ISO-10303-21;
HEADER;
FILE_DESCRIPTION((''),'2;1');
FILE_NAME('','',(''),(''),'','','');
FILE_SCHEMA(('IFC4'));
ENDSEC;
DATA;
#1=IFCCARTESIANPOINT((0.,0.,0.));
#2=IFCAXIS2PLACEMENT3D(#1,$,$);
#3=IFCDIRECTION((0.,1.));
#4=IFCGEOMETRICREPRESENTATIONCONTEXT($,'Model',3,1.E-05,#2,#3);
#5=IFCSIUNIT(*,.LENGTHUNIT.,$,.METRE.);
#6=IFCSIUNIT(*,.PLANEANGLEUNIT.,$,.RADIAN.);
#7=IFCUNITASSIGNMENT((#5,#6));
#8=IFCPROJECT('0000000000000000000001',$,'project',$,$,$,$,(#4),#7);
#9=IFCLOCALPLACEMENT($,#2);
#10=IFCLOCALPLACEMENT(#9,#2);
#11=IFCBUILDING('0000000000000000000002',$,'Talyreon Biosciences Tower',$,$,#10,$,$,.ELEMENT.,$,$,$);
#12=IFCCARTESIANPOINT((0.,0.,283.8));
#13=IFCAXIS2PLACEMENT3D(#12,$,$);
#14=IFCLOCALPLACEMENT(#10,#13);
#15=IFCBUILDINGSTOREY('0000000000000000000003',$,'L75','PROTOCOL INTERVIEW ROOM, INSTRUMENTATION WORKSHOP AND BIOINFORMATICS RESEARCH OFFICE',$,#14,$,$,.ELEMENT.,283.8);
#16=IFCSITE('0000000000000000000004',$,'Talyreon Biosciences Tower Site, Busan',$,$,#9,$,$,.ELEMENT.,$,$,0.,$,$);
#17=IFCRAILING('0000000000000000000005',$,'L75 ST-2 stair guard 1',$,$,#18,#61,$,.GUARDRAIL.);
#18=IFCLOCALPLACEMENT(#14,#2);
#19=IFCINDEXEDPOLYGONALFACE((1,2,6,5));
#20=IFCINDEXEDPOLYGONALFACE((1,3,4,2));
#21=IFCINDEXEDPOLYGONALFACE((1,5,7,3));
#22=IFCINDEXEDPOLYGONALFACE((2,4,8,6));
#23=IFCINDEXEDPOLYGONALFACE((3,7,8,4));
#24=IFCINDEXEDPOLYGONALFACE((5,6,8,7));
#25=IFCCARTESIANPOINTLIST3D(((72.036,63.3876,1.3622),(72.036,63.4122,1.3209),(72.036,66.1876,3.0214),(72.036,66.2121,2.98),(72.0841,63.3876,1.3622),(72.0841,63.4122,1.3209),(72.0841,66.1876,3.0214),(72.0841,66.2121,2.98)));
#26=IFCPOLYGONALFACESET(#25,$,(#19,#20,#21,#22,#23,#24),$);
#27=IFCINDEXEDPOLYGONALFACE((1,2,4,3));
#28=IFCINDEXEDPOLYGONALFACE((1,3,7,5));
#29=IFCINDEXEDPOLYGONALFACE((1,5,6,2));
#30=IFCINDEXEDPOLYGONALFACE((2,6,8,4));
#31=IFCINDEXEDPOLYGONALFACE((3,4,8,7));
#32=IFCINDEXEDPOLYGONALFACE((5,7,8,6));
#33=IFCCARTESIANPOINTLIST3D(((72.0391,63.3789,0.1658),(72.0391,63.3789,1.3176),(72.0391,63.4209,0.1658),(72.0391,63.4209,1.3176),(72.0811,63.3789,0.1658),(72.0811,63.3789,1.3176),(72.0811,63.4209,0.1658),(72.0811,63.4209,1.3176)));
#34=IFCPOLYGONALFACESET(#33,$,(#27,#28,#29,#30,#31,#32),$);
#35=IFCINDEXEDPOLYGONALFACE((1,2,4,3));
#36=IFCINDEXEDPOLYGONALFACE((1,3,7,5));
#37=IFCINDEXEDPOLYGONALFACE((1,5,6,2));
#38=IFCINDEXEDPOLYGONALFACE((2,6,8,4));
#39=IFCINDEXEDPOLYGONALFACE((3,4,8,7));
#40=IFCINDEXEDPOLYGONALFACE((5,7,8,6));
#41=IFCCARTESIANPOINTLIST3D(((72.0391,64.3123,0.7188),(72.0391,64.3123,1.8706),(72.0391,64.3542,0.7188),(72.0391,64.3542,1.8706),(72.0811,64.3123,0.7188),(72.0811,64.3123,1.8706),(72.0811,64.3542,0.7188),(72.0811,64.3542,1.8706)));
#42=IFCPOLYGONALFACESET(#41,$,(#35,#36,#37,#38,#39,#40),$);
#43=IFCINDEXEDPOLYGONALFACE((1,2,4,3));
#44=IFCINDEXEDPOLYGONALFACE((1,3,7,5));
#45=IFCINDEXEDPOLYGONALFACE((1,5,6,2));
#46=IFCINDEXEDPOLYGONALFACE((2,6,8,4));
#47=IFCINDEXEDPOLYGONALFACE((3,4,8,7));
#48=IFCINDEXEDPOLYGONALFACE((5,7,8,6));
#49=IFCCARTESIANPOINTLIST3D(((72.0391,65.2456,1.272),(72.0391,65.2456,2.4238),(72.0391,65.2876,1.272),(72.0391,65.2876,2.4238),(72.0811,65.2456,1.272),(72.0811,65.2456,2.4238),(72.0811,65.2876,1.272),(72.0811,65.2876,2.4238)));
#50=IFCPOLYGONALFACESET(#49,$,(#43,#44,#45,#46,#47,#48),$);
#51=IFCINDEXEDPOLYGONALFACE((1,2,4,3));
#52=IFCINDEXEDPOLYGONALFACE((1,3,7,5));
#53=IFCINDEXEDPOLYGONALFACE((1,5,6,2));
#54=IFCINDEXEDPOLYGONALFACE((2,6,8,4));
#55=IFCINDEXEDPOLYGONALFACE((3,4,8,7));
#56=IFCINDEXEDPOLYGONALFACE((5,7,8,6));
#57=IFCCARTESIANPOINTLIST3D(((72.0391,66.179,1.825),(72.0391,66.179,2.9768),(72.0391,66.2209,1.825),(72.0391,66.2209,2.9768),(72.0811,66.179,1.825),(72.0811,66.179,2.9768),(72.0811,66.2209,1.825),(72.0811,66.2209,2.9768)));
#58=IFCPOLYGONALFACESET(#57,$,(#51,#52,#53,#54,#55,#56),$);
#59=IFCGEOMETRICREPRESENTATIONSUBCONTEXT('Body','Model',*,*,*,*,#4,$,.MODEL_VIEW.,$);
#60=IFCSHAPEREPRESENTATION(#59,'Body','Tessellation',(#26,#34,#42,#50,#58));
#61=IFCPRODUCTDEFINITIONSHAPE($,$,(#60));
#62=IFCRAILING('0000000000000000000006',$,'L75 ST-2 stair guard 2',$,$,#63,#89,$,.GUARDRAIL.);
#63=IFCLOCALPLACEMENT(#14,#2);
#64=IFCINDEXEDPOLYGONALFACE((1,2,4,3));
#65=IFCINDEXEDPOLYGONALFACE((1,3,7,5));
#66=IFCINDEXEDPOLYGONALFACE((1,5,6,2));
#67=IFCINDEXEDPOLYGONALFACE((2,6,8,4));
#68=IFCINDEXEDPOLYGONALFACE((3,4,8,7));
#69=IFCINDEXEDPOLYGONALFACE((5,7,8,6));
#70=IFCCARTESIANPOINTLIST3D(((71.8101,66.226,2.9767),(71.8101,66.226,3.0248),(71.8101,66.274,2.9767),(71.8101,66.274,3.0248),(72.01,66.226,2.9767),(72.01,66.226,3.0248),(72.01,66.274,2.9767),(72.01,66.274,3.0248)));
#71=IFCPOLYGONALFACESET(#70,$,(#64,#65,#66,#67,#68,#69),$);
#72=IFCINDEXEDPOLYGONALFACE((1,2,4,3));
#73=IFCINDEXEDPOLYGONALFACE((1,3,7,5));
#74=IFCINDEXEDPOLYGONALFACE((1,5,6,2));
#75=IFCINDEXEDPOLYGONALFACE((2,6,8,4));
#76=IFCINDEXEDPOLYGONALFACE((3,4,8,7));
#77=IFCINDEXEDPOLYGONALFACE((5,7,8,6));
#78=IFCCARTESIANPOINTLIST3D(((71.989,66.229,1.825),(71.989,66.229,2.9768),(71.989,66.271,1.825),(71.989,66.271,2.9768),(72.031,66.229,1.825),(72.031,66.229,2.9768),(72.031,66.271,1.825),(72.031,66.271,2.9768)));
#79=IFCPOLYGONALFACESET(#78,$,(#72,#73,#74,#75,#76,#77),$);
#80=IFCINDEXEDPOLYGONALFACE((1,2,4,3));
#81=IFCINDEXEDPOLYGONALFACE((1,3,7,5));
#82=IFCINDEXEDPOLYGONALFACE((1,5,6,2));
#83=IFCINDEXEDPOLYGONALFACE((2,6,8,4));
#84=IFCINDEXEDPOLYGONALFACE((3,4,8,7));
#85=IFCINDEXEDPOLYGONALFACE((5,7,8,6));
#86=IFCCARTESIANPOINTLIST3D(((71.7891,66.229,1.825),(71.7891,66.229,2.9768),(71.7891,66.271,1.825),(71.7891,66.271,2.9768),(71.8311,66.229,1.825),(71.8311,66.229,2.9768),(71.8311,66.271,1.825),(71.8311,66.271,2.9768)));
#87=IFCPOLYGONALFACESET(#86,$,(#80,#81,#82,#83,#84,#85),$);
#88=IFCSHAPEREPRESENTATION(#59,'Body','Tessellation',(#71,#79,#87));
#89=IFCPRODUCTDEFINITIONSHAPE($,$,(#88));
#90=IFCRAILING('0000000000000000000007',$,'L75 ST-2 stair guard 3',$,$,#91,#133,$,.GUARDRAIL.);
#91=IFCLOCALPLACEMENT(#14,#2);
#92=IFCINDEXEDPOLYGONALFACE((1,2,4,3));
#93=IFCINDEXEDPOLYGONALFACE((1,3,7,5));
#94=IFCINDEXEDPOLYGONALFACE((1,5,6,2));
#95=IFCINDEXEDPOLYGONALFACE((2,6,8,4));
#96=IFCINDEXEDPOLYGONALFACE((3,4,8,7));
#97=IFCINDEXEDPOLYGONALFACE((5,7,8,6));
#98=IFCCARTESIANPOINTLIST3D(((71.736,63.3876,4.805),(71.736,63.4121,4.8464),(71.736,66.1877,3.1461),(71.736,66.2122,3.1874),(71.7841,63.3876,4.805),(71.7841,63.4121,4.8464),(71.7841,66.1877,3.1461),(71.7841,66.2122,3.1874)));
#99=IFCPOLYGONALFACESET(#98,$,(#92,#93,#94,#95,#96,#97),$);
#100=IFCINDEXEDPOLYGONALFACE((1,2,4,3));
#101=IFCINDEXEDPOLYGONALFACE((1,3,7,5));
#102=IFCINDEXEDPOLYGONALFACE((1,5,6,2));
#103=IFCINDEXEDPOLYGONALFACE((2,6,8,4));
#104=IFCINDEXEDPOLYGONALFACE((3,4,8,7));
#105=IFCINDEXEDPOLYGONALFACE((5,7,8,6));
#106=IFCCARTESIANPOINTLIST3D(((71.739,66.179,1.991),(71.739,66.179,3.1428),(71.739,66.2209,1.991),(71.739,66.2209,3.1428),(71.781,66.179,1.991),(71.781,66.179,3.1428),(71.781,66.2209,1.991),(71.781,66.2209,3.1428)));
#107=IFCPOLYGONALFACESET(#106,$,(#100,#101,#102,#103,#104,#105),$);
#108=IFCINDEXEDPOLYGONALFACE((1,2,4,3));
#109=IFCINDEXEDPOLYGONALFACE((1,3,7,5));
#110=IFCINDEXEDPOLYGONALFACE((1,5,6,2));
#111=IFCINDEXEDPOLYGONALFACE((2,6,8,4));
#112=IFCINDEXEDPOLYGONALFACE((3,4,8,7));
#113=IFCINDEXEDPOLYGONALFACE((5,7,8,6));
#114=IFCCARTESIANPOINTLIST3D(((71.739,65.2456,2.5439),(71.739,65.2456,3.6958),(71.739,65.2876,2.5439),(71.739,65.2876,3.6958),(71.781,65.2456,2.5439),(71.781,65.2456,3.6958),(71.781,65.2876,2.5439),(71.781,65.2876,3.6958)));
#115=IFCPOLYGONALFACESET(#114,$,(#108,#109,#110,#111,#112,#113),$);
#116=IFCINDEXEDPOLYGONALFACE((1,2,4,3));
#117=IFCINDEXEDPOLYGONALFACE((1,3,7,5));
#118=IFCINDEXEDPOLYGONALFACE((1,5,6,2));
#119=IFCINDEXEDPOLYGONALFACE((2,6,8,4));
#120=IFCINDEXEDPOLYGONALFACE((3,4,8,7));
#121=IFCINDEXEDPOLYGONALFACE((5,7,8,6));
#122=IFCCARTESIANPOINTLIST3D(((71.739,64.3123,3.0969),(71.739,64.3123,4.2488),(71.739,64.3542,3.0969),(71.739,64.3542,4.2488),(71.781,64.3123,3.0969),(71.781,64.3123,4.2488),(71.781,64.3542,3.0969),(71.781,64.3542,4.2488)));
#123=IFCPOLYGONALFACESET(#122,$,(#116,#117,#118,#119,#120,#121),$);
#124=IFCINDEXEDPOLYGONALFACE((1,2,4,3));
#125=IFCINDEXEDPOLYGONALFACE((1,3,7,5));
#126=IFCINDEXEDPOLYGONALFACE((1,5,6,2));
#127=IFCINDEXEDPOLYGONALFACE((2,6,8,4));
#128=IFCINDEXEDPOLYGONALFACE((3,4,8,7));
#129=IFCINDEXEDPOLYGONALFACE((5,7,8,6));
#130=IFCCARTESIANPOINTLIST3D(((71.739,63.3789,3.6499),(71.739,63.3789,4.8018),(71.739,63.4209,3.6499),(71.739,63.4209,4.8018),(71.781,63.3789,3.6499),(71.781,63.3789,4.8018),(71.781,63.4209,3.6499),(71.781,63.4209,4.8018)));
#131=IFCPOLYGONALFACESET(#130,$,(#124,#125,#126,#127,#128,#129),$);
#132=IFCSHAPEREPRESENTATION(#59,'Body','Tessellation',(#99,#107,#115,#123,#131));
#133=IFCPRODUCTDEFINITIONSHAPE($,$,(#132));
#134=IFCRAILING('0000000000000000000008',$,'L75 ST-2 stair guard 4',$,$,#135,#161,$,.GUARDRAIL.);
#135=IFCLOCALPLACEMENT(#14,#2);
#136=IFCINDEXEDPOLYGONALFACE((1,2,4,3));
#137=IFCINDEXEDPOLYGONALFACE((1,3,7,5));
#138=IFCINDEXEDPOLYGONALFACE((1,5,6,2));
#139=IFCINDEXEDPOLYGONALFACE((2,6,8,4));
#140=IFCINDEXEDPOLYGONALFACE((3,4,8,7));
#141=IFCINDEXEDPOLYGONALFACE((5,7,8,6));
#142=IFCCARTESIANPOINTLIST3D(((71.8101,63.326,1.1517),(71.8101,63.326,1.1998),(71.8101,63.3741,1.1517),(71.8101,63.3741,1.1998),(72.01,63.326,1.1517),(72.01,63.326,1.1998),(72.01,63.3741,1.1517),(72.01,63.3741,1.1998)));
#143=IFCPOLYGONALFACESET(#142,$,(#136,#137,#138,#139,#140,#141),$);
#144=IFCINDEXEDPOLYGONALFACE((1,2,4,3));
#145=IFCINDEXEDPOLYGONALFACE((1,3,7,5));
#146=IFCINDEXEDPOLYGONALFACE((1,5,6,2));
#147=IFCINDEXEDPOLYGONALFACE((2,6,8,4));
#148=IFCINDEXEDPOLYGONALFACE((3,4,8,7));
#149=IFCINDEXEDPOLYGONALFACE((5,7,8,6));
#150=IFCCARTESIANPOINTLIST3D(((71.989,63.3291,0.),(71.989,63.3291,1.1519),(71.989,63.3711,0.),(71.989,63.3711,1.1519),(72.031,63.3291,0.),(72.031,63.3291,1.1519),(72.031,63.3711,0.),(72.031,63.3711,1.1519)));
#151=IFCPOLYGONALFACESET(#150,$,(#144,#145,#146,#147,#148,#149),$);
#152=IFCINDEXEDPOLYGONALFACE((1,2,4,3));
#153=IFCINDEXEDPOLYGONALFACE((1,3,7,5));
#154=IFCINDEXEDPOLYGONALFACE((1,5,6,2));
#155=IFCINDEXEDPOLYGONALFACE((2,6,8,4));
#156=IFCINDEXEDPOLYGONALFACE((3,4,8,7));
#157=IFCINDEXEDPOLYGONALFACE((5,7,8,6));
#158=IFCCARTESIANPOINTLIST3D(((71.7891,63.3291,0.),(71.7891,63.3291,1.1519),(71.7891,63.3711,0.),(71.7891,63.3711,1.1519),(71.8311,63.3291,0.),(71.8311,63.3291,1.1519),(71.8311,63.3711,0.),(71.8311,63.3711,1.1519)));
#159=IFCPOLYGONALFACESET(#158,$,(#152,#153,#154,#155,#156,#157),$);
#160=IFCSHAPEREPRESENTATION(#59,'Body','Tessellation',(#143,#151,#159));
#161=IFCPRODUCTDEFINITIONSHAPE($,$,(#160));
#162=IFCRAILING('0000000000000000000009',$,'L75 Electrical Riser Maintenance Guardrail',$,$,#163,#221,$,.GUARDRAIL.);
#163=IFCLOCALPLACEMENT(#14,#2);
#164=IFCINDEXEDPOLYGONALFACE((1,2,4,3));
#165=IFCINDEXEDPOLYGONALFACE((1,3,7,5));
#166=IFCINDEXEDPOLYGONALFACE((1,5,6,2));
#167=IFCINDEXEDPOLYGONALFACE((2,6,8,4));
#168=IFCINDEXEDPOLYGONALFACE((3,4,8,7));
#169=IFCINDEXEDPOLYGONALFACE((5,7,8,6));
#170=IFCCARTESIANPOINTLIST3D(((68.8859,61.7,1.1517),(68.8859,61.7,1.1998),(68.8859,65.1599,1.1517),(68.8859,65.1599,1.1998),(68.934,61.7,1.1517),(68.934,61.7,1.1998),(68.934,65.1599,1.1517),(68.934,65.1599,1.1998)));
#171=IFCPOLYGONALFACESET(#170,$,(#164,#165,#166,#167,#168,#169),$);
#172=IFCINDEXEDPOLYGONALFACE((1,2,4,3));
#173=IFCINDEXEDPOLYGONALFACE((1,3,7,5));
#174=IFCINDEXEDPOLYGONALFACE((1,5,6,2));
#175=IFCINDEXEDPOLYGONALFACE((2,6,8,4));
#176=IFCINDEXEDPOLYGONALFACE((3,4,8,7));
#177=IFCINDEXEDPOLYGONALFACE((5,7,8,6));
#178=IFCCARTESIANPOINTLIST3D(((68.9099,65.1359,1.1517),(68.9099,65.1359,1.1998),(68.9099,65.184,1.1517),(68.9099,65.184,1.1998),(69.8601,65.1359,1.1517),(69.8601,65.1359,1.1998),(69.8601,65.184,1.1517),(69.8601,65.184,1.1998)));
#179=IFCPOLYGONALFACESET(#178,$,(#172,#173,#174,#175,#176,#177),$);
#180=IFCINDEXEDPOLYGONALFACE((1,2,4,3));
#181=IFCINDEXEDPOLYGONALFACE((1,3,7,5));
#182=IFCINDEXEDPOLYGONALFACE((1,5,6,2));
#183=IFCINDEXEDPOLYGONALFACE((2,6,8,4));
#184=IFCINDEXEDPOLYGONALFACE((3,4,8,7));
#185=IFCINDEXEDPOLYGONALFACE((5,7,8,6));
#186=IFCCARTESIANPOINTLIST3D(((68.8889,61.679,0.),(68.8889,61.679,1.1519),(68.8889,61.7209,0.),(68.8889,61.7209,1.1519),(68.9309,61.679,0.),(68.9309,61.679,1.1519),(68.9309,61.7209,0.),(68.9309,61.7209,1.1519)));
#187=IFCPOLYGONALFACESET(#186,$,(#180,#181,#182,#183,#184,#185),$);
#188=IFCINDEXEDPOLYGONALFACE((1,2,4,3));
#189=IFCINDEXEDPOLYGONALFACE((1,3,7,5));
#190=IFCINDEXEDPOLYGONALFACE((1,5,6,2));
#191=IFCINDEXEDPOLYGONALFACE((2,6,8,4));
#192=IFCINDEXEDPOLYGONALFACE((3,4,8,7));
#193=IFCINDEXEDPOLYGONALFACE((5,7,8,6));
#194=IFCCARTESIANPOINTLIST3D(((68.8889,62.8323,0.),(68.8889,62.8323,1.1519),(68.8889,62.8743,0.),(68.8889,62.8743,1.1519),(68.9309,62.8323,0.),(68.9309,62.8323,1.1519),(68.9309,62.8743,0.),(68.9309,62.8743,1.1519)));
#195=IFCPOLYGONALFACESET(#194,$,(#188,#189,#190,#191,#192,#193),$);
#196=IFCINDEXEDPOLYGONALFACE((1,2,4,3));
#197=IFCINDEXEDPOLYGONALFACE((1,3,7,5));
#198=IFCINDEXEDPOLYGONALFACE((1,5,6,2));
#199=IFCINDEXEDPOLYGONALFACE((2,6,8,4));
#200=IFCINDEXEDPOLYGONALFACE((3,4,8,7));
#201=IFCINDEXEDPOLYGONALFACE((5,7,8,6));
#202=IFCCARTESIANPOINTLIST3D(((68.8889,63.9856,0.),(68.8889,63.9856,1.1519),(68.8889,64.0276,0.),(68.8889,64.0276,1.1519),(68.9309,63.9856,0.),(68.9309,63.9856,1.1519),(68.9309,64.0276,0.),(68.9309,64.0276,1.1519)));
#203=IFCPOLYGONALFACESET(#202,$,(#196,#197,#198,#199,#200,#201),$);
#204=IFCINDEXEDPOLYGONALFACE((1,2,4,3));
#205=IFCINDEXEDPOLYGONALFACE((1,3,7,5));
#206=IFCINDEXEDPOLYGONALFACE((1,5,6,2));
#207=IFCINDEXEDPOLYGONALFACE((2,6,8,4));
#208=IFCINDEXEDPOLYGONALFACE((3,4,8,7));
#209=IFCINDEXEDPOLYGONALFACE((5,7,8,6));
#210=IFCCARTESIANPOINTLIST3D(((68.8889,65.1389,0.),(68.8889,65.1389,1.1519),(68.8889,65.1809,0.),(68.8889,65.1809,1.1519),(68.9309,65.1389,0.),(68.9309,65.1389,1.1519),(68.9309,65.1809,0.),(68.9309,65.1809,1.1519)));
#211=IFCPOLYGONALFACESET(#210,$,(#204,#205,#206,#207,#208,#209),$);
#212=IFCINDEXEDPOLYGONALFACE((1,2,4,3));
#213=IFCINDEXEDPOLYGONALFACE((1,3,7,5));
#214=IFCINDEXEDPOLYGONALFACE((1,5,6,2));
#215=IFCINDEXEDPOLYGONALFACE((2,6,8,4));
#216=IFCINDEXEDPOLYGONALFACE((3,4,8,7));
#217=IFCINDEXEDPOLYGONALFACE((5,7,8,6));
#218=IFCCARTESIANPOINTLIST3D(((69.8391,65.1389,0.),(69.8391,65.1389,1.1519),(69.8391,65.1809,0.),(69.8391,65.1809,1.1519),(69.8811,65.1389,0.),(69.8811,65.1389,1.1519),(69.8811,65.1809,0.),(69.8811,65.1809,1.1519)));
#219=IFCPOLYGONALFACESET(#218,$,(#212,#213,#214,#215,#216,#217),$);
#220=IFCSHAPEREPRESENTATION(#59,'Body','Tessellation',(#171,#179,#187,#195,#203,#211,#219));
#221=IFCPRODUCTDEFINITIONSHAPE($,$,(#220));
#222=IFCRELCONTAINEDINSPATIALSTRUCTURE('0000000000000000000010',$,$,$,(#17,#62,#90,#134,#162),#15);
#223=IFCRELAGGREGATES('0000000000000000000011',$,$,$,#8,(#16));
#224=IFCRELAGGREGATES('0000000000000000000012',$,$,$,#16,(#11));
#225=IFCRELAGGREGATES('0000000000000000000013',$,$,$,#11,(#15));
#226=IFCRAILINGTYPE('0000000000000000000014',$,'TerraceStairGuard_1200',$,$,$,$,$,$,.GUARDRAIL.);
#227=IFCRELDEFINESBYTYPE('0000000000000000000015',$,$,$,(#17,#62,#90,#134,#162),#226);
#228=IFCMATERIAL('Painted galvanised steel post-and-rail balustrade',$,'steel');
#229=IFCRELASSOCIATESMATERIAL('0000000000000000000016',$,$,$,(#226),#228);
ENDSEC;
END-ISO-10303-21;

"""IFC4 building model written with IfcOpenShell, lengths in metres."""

from ifc_helpers import new_model, si_unit, direction, frame, origin, origin_2d, place, context, subcontext, project, spatial, rectangle, extrude, material, type_object, element, save


model = new_model("IFC4")

# Units and contexts
model_context = context("Model", 3, precision=1e-05, world=origin(), true_north=direction((0.0, 1.0)))
body_context = subcontext(model_context, "Body", "Model", "MODEL_VIEW")
ifc_project = project(units=[si_unit("LENGTHUNIT", "METRE"), si_unit("PLANEANGLEUNIT", "RADIAN")], contexts=[model_context])

# Site, building, storey
site_placement = place(None, origin())
site = spatial("IfcSite", under=ifc_project, at=site_placement, Name="Talyreon Biosciences Tower Site, Busan", CompositionType="ELEMENT", RefElevation=0.0)
building_placement = place(site_placement, origin())
building = spatial("IfcBuilding", under=site, at=building_placement, Name="Talyreon Biosciences Tower", CompositionType="ELEMENT")
storey_placement = place(building_placement, frame((0.0, 0.0, 283.8)))
storey = spatial("IfcBuildingStorey", under=building, at=storey_placement, Name="L75", Description="PROTOCOL INTERVIEW ROOM, INSTRUMENTATION WORKSHOP AND BIOINFORMATICS RESEARCH OFFICE", CompositionType="ELEMENT", Elevation=283.8)

# Railings
ifc_material_1 = material(Name="Painted galvanised steel post-and-rail balustrade", Category="steel")
railing_type_1 = type_object("IfcRailingType", Name="TerraceStairGuard_1200", PredefinedType="GUARDRAIL", material=ifc_material_1)
railing_1_placement = place(storey_placement, frame((72.0601, 63.3999, 0.1658)))
element("IfcRailing", 1, at=railing_1_placement, inside=storey, type_object=railing_type_1, Name="L75 ST-2 stair guard 1", PredefinedType="GUARDRAIL", context=body_context, shape_type="SweptSolid", body=[
    extrude(rectangle(XDim=0.0481, YDim=0.0481, at=origin_2d()), frame((0.0, 0.0, 1.1758), z_axis=(0.0, 0.860306, 0.509778), x_axis=(-1.0, 0.0, 0.0)), (0.0, 0.0, 1.0), 3.2546),
    extrude(rectangle(XDim=0.042, YDim=0.042, at=origin_2d()), origin(), (0.0, 0.0, 1.0), 1.1519),
    extrude(rectangle(XDim=0.042, YDim=0.042, at=origin_2d()), frame((0.0, 0.9333, 0.553)), (0.0, 0.0, 1.0), 1.1519),
    extrude(rectangle(XDim=0.042, YDim=0.042, at=origin_2d()), frame((0.0, 1.8667, 1.1062)), (0.0, 0.0, 1.0), 1.1519),
    extrude(rectangle(XDim=0.042, YDim=0.042, at=origin_2d()), frame((0.0, 2.8, 1.6592)), (0.0, 0.0, 1.0), 1.1519),
])
railing_2_placement = place(storey_placement, frame((72.01, 66.25, 1.825)))
element("IfcRailing", 2, at=railing_2_placement, inside=storey, type_object=railing_type_1, Name="L75 ST-2 stair guard 2", PredefinedType="GUARDRAIL", context=body_context, shape_type="SweptSolid", body=[
    extrude(rectangle(XDim=0.0481, YDim=0.0481, at=origin_2d()), frame((0.0, 0.0, 1.1758), z_axis=(-1.0, 0.0, 0.0), x_axis=(0.0, -1.0, 0.0)), (0.0, 0.0, 1.0), 0.2),
    extrude(rectangle(XDim=0.042, YDim=0.042, at=origin_2d()), origin(), (0.0, 0.0, 1.0), 1.1519),
    extrude(rectangle(XDim=0.042, YDim=0.042, at=origin_2d()), frame((-0.2, 0.0, 0.0)), (0.0, 0.0, 1.0), 1.1519),
])
railing_3_placement = place(storey_placement, frame((71.76, 66.2, 1.991)))
element("IfcRailing", 3, at=railing_3_placement, inside=storey, type_object=railing_type_1, Name="L75 ST-2 stair guard 3", PredefinedType="GUARDRAIL", context=body_context, shape_type="SweptSolid", body=[
    extrude(rectangle(XDim=0.0481, YDim=0.0481, at=origin_2d()), frame((0.0, 0.0, 1.1758), z_axis=(0.0, -0.860339, 0.509722), x_axis=(1.0, 0.0, 0.0)), (0.0, 0.0, 1.0), 3.2546),
    extrude(rectangle(XDim=0.042, YDim=0.042, at=origin_2d()), origin(), (0.0, 0.0, 1.0), 1.1519),
    extrude(rectangle(XDim=0.042, YDim=0.042, at=origin_2d()), frame((0.0, -0.9333, 0.553)), (0.0, 0.0, 1.0), 1.1519),
    extrude(rectangle(XDim=0.042, YDim=0.042, at=origin_2d()), frame((0.0, -1.8667, 1.106)), (0.0, 0.0, 1.0), 1.1519),
    extrude(rectangle(XDim=0.042, YDim=0.042, at=origin_2d()), frame((0.0, -2.8, 1.6589)), (0.0, 0.0, 1.0), 1.1519),
])
railing_4_placement = place(storey_placement, frame((72.01, 63.3501, 0.0)))
element("IfcRailing", 4, at=railing_4_placement, inside=storey, type_object=railing_type_1, Name="L75 ST-2 stair guard 4", PredefinedType="GUARDRAIL", context=body_context, shape_type="SweptSolid", body=[
    extrude(rectangle(XDim=0.0481, YDim=0.0481, at=origin_2d()), frame((0.0, 0.0, 1.1758), z_axis=(-1.0, 0.0, 0.0), x_axis=(0.0, -1.0, 0.0)), (0.0, 0.0, 1.0), 0.2),
    extrude(rectangle(XDim=0.042, YDim=0.042, at=origin_2d()), origin(), (0.0, 0.0, 1.0), 1.1519),
    extrude(rectangle(XDim=0.042, YDim=0.042, at=origin_2d()), frame((-0.2, 0.0, 0.0)), (0.0, 0.0, 1.0), 1.1519),
])
railing_5_placement = place(storey_placement, frame((68.9099, 61.7, 0.0)))
element("IfcRailing", 5, at=railing_5_placement, inside=storey, type_object=railing_type_1, Name="L75 Electrical Riser Maintenance Guardrail", PredefinedType="GUARDRAIL", context=body_context, shape_type="SweptSolid", body=[
    extrude(rectangle(XDim=0.0481, YDim=0.0481, at=origin_2d()), frame((0.0, 0.0, 1.1758), z_axis=(0.0, 1.0, 0.0), x_axis=(-1.0, 0.0, 0.0)), (0.0, 0.0, 1.0), 3.46),
    extrude(rectangle(XDim=0.0481, YDim=0.0481, at=origin_2d()), frame((0.0, 3.46, 1.1758), z_axis=(1.0, 0.0, 0.0), x_axis=(0.0, 1.0, 0.0)), (0.0, 0.0, 1.0), 0.9502),
    extrude(rectangle(XDim=0.042, YDim=0.042, at=origin_2d()), origin(), (0.0, 0.0, 1.0), 1.1519),
    extrude(rectangle(XDim=0.042, YDim=0.042, at=origin_2d()), frame((0.0, 1.1533, 0.0)), (0.0, 0.0, 1.0), 1.1519),
    extrude(rectangle(XDim=0.042, YDim=0.042, at=origin_2d()), frame((0.0, 2.3066, 0.0)), (0.0, 0.0, 1.0), 1.1519),
    extrude(rectangle(XDim=0.042, YDim=0.042, at=origin_2d()), frame((0.0, 3.46, 0.0)), (0.0, 0.0, 1.0), 1.1519),
    extrude(rectangle(XDim=0.042, YDim=0.042, at=origin_2d()), frame((0.9502, 3.46, 0.0)), (0.0, 0.0, 1.0), 1.1519),
])

save(model, "model.ifc")
